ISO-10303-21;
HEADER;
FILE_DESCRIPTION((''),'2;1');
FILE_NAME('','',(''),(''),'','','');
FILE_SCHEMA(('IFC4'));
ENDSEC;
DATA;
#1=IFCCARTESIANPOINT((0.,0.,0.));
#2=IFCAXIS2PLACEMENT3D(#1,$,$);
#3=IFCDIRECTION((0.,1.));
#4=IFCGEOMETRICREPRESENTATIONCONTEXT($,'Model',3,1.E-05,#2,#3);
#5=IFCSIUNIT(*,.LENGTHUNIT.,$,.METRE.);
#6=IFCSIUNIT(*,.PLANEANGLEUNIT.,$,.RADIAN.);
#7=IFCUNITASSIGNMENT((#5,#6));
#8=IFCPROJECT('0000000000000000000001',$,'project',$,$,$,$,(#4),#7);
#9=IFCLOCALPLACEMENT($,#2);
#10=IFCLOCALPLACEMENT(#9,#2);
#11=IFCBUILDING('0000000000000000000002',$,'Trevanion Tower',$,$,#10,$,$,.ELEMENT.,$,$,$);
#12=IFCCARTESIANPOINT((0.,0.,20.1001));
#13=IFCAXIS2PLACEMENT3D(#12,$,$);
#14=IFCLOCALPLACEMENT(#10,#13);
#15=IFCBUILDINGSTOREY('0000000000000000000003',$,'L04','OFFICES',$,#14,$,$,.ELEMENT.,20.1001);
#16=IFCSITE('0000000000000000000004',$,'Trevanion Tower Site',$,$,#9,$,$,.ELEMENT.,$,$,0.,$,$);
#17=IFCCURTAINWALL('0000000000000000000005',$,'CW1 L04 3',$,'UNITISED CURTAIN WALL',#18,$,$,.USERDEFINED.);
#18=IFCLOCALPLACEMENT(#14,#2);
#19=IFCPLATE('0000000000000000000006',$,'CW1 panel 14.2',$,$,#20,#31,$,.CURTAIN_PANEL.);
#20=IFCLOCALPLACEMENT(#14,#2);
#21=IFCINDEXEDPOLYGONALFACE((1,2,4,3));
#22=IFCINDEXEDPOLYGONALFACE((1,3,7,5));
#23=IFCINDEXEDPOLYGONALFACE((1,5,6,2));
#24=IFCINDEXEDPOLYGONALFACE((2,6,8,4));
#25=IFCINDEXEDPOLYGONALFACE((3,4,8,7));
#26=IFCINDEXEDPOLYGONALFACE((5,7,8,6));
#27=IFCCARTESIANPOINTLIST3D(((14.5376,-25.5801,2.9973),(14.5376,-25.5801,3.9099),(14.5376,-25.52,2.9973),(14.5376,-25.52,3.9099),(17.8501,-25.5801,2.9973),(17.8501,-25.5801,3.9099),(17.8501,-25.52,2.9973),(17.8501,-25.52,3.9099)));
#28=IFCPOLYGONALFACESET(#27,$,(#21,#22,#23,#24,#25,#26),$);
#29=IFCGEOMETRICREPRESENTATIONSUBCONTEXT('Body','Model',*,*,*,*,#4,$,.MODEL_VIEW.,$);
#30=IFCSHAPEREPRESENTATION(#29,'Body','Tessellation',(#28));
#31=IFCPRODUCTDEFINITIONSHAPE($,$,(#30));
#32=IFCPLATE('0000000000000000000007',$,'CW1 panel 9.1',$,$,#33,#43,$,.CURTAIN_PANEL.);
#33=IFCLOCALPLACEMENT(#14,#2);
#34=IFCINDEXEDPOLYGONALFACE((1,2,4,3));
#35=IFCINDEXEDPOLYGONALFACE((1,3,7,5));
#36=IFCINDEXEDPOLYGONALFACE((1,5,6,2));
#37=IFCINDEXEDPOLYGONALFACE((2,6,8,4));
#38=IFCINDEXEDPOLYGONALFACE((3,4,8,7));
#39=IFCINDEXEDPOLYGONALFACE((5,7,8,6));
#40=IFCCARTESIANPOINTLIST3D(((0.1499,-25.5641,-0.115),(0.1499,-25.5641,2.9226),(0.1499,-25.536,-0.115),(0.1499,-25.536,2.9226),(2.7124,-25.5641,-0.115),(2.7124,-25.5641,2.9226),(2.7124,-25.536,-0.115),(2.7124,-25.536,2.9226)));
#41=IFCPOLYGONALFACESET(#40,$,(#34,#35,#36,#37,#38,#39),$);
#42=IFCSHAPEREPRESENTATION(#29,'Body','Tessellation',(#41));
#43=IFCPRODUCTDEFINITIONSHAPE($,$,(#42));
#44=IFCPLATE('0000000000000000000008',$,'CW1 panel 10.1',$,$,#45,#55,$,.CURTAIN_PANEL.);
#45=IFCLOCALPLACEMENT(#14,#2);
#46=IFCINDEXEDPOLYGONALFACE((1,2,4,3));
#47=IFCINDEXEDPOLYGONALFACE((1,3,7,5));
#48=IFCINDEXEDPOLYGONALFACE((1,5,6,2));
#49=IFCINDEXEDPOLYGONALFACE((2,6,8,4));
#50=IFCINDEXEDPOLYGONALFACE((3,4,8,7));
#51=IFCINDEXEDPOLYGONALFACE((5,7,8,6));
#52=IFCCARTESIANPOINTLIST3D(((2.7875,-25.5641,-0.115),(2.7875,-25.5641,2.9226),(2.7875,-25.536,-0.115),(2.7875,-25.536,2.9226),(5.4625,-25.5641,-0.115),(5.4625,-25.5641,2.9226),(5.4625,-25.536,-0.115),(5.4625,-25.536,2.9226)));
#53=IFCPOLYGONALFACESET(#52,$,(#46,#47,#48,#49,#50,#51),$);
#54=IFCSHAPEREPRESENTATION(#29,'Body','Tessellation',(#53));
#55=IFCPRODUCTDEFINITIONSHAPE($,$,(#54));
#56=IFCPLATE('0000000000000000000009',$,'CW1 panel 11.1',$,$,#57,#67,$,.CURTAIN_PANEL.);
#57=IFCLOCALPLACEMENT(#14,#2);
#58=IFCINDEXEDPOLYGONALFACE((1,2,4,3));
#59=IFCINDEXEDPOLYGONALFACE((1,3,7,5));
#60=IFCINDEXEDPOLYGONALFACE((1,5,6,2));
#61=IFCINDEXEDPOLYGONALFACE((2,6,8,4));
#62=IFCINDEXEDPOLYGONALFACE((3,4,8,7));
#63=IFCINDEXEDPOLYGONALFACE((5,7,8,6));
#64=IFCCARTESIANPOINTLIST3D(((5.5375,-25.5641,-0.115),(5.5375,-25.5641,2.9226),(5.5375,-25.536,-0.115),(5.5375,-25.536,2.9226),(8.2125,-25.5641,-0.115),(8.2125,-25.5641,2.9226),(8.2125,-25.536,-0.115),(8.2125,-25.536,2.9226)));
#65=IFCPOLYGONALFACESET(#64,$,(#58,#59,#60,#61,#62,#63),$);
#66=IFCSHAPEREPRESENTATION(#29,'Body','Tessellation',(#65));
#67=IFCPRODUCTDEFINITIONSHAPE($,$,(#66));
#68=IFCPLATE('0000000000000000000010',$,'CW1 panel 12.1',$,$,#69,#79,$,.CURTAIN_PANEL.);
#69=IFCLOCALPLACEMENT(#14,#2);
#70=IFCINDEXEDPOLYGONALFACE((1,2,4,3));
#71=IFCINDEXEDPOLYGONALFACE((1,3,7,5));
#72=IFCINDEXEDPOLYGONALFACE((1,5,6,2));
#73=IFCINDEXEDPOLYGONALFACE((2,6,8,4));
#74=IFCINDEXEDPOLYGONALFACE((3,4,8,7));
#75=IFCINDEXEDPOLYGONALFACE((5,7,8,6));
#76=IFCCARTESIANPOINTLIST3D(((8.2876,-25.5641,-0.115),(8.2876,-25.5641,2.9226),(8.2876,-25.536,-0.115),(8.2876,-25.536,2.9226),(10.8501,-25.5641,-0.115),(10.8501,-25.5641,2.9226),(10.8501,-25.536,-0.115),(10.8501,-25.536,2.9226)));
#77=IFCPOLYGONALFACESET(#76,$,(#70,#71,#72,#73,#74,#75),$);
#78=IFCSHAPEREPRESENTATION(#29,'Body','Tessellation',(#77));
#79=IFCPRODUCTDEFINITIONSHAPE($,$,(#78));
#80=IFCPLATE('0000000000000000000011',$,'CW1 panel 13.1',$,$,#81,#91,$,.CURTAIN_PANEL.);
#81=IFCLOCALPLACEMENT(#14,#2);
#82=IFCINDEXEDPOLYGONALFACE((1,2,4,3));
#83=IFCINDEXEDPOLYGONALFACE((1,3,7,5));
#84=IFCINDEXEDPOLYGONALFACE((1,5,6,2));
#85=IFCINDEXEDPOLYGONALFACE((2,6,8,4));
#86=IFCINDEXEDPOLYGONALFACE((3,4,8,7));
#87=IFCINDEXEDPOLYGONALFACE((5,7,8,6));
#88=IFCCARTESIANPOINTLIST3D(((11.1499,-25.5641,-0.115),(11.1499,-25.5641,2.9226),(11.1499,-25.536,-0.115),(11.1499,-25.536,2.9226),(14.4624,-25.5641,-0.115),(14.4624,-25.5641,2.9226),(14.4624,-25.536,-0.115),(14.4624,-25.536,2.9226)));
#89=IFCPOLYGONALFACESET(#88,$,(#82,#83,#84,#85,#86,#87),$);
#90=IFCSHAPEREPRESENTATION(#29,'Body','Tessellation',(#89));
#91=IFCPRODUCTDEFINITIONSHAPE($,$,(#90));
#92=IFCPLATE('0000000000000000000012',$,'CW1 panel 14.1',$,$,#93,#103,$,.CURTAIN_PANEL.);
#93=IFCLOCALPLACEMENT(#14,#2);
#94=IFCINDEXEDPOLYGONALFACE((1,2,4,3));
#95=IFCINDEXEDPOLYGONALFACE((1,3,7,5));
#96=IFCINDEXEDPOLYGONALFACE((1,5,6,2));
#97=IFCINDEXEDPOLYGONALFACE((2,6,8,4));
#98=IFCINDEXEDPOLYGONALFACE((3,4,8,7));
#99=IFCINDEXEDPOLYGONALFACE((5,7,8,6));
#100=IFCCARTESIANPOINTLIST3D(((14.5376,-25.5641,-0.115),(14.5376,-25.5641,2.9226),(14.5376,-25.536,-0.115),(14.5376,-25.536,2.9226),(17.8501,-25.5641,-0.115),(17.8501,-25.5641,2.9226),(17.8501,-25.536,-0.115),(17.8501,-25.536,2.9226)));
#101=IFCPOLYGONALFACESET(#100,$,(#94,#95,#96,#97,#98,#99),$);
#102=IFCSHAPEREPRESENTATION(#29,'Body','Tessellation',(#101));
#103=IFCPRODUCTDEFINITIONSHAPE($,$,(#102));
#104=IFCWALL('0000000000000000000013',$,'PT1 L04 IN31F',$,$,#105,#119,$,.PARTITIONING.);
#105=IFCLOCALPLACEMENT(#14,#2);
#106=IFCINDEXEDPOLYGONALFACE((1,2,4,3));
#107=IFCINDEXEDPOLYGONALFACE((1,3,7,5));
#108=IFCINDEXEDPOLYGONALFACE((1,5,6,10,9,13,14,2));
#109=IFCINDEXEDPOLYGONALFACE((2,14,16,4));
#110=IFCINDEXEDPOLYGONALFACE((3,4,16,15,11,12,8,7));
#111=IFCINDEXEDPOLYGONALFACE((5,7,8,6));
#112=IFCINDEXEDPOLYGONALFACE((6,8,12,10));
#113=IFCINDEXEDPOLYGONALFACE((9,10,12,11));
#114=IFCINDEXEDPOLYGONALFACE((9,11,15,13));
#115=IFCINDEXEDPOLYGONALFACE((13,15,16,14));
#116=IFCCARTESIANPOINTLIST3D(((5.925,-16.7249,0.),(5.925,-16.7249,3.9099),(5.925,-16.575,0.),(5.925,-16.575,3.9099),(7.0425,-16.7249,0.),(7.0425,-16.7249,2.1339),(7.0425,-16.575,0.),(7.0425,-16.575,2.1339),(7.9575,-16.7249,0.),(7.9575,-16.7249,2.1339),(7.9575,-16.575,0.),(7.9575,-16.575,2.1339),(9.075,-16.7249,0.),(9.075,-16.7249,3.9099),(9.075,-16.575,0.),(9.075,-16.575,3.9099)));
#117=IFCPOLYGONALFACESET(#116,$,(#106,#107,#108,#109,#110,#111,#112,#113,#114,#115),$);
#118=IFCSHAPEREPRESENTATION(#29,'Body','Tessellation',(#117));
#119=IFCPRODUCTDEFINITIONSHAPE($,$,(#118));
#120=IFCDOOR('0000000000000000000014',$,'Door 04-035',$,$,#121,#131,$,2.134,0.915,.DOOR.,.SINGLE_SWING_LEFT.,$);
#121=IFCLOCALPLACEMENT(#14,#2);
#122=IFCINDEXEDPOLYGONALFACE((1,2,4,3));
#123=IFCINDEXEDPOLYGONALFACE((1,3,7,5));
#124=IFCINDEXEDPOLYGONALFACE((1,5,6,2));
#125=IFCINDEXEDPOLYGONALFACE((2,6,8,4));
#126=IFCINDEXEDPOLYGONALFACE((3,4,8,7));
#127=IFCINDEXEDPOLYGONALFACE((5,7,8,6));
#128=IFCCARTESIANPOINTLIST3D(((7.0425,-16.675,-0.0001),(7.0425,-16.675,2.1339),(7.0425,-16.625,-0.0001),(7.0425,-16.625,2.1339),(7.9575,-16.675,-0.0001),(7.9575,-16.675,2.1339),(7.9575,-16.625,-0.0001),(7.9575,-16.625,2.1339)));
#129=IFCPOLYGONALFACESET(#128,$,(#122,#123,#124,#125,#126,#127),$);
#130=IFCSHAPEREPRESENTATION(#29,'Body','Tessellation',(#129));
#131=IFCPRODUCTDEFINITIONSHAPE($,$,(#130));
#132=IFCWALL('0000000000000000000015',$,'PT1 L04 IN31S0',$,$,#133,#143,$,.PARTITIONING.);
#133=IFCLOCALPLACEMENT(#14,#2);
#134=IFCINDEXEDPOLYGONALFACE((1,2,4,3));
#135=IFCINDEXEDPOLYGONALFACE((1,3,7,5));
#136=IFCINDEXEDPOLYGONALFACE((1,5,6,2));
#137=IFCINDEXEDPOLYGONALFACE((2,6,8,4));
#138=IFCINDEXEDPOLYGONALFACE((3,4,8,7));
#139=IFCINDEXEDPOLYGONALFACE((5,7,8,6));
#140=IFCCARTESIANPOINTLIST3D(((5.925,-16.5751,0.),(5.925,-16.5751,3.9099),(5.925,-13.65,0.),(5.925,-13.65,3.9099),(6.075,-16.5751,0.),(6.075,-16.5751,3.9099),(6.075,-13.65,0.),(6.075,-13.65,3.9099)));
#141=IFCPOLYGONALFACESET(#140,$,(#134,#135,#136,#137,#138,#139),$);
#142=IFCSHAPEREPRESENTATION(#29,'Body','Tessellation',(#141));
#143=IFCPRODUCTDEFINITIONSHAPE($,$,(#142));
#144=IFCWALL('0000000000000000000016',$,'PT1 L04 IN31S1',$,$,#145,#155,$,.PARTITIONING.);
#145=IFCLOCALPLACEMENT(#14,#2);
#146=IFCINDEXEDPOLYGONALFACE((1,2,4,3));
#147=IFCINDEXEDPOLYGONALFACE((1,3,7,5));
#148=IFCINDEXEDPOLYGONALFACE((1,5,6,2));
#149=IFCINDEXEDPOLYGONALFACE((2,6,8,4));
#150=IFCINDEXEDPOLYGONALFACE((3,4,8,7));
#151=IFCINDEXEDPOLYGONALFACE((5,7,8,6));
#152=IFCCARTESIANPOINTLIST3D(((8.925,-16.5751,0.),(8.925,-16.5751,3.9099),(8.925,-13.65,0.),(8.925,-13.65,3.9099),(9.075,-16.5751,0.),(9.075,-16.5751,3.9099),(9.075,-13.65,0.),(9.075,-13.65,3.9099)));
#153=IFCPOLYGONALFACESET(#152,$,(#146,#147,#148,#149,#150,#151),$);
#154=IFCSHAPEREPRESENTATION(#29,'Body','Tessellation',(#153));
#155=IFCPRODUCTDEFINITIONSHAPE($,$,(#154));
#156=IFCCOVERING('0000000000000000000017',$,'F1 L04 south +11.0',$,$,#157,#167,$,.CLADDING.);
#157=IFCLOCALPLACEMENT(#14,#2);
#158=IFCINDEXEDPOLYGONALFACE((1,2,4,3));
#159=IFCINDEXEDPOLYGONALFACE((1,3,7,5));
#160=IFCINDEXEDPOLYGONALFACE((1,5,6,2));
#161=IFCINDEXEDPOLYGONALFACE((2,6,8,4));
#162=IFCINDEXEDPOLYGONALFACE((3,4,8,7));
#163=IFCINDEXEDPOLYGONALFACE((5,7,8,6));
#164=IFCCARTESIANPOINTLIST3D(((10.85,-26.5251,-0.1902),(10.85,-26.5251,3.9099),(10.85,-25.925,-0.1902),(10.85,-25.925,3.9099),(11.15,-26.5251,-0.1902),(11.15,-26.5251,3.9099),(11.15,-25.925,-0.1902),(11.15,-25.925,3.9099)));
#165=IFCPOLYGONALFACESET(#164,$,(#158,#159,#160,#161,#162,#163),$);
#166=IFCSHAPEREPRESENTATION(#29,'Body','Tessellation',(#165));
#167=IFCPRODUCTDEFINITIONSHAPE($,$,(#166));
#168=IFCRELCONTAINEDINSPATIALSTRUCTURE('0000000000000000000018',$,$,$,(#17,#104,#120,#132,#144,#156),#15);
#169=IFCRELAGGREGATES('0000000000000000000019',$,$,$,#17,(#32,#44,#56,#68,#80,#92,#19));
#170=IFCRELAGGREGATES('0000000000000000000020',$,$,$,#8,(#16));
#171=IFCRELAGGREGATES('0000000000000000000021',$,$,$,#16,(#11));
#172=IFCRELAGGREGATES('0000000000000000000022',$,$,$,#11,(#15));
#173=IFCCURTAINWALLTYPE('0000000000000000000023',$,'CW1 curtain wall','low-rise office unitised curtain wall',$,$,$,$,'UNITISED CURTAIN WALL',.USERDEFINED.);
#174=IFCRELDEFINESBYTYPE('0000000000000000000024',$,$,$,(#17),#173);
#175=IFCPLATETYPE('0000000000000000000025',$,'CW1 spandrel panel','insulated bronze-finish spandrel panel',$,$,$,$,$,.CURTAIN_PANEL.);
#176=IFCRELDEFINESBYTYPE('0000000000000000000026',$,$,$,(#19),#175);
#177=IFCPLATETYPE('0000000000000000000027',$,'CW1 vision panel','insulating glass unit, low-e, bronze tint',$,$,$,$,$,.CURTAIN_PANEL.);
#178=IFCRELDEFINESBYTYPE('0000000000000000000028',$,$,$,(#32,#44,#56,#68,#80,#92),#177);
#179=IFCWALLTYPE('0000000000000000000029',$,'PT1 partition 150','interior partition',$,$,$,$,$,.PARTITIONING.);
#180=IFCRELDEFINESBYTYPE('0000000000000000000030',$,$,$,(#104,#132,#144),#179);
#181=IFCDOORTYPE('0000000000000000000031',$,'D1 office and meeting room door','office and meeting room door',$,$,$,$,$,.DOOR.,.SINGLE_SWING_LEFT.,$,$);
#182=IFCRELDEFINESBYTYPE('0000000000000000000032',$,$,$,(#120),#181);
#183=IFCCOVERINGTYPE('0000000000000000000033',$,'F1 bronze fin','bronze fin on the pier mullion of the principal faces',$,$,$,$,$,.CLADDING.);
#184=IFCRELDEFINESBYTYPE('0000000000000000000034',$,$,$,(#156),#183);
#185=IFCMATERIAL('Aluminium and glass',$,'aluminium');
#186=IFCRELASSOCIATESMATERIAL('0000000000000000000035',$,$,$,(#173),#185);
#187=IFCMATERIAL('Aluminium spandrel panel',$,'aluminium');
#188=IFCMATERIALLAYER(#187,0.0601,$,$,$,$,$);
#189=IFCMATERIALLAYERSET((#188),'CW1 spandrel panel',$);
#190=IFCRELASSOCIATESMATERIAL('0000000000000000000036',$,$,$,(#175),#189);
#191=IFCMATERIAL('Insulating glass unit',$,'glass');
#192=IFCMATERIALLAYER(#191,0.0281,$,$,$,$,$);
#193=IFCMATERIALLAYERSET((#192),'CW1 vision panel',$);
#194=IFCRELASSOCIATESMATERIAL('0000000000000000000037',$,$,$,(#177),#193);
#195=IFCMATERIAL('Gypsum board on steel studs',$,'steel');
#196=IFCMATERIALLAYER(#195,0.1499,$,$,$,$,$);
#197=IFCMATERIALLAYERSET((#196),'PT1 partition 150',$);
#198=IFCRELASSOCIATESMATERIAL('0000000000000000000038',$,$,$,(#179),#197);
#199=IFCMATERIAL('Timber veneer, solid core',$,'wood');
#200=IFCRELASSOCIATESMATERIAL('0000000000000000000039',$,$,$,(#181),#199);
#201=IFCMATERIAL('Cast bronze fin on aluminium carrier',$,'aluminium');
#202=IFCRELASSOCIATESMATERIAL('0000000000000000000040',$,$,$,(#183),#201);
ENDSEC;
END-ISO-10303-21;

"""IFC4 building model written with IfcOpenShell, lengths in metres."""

from ifc_helpers import new_model, si_unit, direction, frame, frame_2d, origin, origin_2d, place, context, subcontext, project, spatial, rectangle, extrude, material, layer, layer_set, type_object, element, fill, aggregate, save


model = new_model("IFC4")

# Units and contexts
model_context = context("Model", 3, precision=1e-05, world=origin(), true_north=direction((0.0, 1.0)))
body_context = subcontext(model_context, "Body", "Model", "MODEL_VIEW")
ifc_project = project(units=[si_unit("LENGTHUNIT", "METRE"), si_unit("PLANEANGLEUNIT", "RADIAN")], contexts=[model_context])

# Site, building, storey
site_placement = place(None, origin())
site = spatial("IfcSite", under=ifc_project, at=site_placement, Name="Trevanion Tower Site", CompositionType="ELEMENT", RefElevation=0.0)
building_placement = place(site_placement, origin())
building = spatial("IfcBuilding", under=site, at=building_placement, Name="Trevanion Tower", CompositionType="ELEMENT")
storey_placement = place(building_placement, frame((0.0, 0.0, 20.1001)))
storey = spatial("IfcBuildingStorey", under=building, at=storey_placement, Name="L04", Description="OFFICES", CompositionType="ELEMENT", Elevation=20.1001)

# Curtain wall
ifc_material_1 = material(Name="Aluminium and glass", Category="aluminium")
curtain_wall_type = type_object("IfcCurtainWallType", Name="CW1 curtain wall", Description="low-rise office unitised curtain wall", ElementType="UNITISED CURTAIN WALL", PredefinedType="USERDEFINED", material=ifc_material_1)
curtain_wall_placement = place(storey_placement, origin())
curtain_wall = element("IfcCurtainWall", 1, at=curtain_wall_placement, inside=storey, type_object=curtain_wall_type, Name="CW1 L04 3", ObjectType="UNITISED CURTAIN WALL", PredefinedType="USERDEFINED")

# Plates
ifc_material_2 = material(Name="Aluminium spandrel panel", Category="aluminium")
ifc_layer_1 = layer(ifc_material_2, 0.0601)
ifc_layer_set_1 = layer_set([ifc_layer_1], Name="CW1 spandrel panel")
plate_type_1 = type_object("IfcPlateType", Name="CW1 spandrel panel", Description="insulated bronze-finish spandrel panel", PredefinedType="CURTAIN_PANEL", material=ifc_layer_set_1)
plate_1_placement = place(storey_placement, frame((16.1938, -25.55, 2.9973), z_axis=(0.0, 0.0, 1.0), x_axis=(1.0, 0.0, 0.0)))
plate_1 = element("IfcPlate", 2, at=plate_1_placement, type_object=plate_type_1, Name="CW1 panel 14.2", PredefinedType="CURTAIN_PANEL", context=body_context, shape_type="SweptSolid", body=[
    extrude(rectangle(XDim=3.3125, YDim=0.0601, at=origin_2d()), origin(), (0.0, 0.0, 1.0), 0.9126),
])
ifc_material_3 = material(Name="Insulating glass unit", Category="glass")
ifc_layer_2 = layer(ifc_material_3, 0.0281)
ifc_layer_set_2 = layer_set([ifc_layer_2], Name="CW1 vision panel")
plate_type_2 = type_object("IfcPlateType", Name="CW1 vision panel", Description="insulating glass unit, low-e, bronze tint", PredefinedType="CURTAIN_PANEL", material=ifc_layer_set_2)
plate_2_placement = place(storey_placement, frame((1.4312, -25.55, -0.115), z_axis=(0.0, 0.0, 1.0), x_axis=(1.0, 0.0, 0.0)))
plate_2 = element("IfcPlate", 3, at=plate_2_placement, type_object=plate_type_2, Name="CW1 panel 9.1", PredefinedType="CURTAIN_PANEL", context=body_context, shape_type="SweptSolid", body=[
    extrude(rectangle(XDim=2.5625, YDim=0.0281, at=origin_2d()), origin(), (0.0, 0.0, 1.0), 3.0376),
])
plate_3_placement = place(storey_placement, frame((4.125, -25.55, -0.115), z_axis=(0.0, 0.0, 1.0), x_axis=(1.0, 0.0, 0.0)))
plate_3 = element("IfcPlate", 4, at=plate_3_placement, type_object=plate_type_2, Name="CW1 panel 10.1", PredefinedType="CURTAIN_PANEL", context=body_context, shape_type="SweptSolid", body=[
    extrude(rectangle(XDim=2.675, YDim=0.0281, at=origin_2d()), origin(), (0.0, 0.0, 1.0), 3.0376),
])
plate_4_placement = place(storey_placement, frame((6.875, -25.55, -0.115), z_axis=(0.0, 0.0, 1.0), x_axis=(1.0, 0.0, 0.0)))
plate_4 = element("IfcPlate", 5, at=plate_4_placement, type_object=plate_type_2, Name="CW1 panel 11.1", PredefinedType="CURTAIN_PANEL", context=body_context, shape_type="SweptSolid", body=[
    extrude(rectangle(XDim=2.675, YDim=0.0281, at=origin_2d()), origin(), (0.0, 0.0, 1.0), 3.0376),
])
plate_5_placement = place(storey_placement, frame((9.5688, -25.55, -0.115), z_axis=(0.0, 0.0, 1.0), x_axis=(1.0, 0.0, 0.0)))
plate_5 = element("IfcPlate", 6, at=plate_5_placement, type_object=plate_type_2, Name="CW1 panel 12.1", PredefinedType="CURTAIN_PANEL", context=body_context, shape_type="SweptSolid", body=[
    extrude(rectangle(XDim=2.5625, YDim=0.0281, at=origin_2d()), origin(), (0.0, 0.0, 1.0), 3.0376),
])
plate_6_placement = place(storey_placement, frame((12.8062, -25.55, -0.115), z_axis=(0.0, 0.0, 1.0), x_axis=(1.0, 0.0, 0.0)))
plate_6 = element("IfcPlate", 7, at=plate_6_placement, type_object=plate_type_2, Name="CW1 panel 13.1", PredefinedType="CURTAIN_PANEL", context=body_context, shape_type="SweptSolid", body=[
    extrude(rectangle(XDim=3.3125, YDim=0.0281, at=origin_2d()), origin(), (0.0, 0.0, 1.0), 3.0376),
])
plate_7_placement = place(storey_placement, frame((16.1938, -25.55, -0.115), z_axis=(0.0, 0.0, 1.0), x_axis=(1.0, 0.0, 0.0)))
plate_7 = element("IfcPlate", 8, at=plate_7_placement, type_object=plate_type_2, Name="CW1 panel 14.1", PredefinedType="CURTAIN_PANEL", context=body_context, shape_type="SweptSolid", body=[
    extrude(rectangle(XDim=3.3125, YDim=0.0281, at=origin_2d()), origin(), (0.0, 0.0, 1.0), 3.0376),
])
aggregate(curtain_wall, [plate_2, plate_3, plate_4, plate_5, plate_6, plate_7, plate_1])

# Wall, opening, door
ifc_material_4 = material(Name="Gypsum board on steel studs", Category="steel")
ifc_layer_3 = layer(ifc_material_4, 0.1499)
ifc_layer_set_3 = layer_set([ifc_layer_3], Name="PT1 partition 150")
wall_type = type_object("IfcWallType", Name="PT1 partition 150", Description="interior partition", PredefinedType="PARTITIONING", material=ifc_layer_set_3)
wall_placement = place(storey_placement, frame((5.925, -16.6499, 0.0), z_axis=(0.0, 0.0, 1.0), x_axis=(1.0, 0.0, 0.0)))
wall = element("IfcWall", 9, at=wall_placement, inside=storey, type_object=wall_type, Name="PT1 L04 IN31F", PredefinedType="PARTITIONING", context=body_context, shape_type="SweptSolid", body=[
    extrude(rectangle(XDim=3.1499, YDim=0.1499, at=frame_2d((1.575, 0.0))), origin(), (0.0, 0.0, 1.0), 3.9099),
])
opening_placement = place(wall_placement, frame((1.1174, 0.0, 0.0)))
opening = element("IfcOpeningElement", 10, at=opening_placement, cuts=wall, PredefinedType="OPENING", context=body_context, shape_type="SweptSolid", body=[
    extrude(rectangle(XDim=0.915, YDim=2.134, at=frame_2d((0.4575, 1.0669))), frame((0.0, 0.085, 0.0), z_axis=(0.0, -1.0, 0.0), x_axis=(1.0, 0.0, 0.0)), (0.0, 0.0, 1.0), 0.1699),
])
ifc_material_5 = material(Name="Timber veneer, solid core", Category="wood")
door_type = type_object("IfcDoorType", Name="D1 office and meeting room door", Description="office and meeting room door", OperationType="SINGLE_SWING_LEFT", PredefinedType="DOOR", material=ifc_material_5)
door_placement = place(opening_placement, origin())
door = element("IfcDoor", 11, at=door_placement, inside=storey, type_object=door_type, Name="Door 04-035", OperationType="SINGLE_SWING_LEFT", OverallHeight=2.134, OverallWidth=0.915, PredefinedType="DOOR", context=body_context, shape_type="SweptSolid", body=[
    extrude(rectangle(XDim=0.915, YDim=2.134, at=frame_2d((0.4575, 1.0669))), frame((0.0, 0.0249, 0.0), z_axis=(0.0, -1.0, 0.0), x_axis=(1.0, 0.0, 0.0)), (0.0, 0.0, 1.0), 0.05),
])
fill(opening, door)

# Walls
for number, where, z_axis, x_axis, name in (
    (12, (6.0, -16.575, 0.0), (0.0, 0.0, 1.0), (0.0, 1.0, 0.0), "PT1 L04 IN31S0"),
    (13, (9.0, -16.575, 0.0), (0.0, 0.0, 1.0), (0.0, 1.0, 0.0), "PT1 L04 IN31S1"),
):
    element("IfcWall", number, at=place(storey_placement, frame(where, z_axis=z_axis, x_axis=x_axis)), inside=storey, type_object=wall_type, Name=name, PredefinedType="PARTITIONING", context=body_context, shape_type="SweptSolid", body=[
        extrude(rectangle(XDim=2.925, YDim=0.1499, at=frame_2d((1.4624, 0.0))), origin(), (0.0, 0.0, 1.0), 3.9099),
    ])

# Covering
ifc_material_6 = material(Name="Cast bronze fin on aluminium carrier", Category="aluminium")
covering_type = type_object("IfcCoveringType", Name="F1 bronze fin", Description="bronze fin on the pier mullion of the principal faces", PredefinedType="CLADDING", material=ifc_material_6)
covering_placement = place(storey_placement, frame((11.0, -26.2251, -0.1902), z_axis=(0.0, 0.0, 1.0), x_axis=(1.0, 0.0, 0.0)))
element("IfcCovering", 14, at=covering_placement, inside=storey, type_object=covering_type, Name="F1 L04 south +11.0", PredefinedType="CLADDING", context=body_context, shape_type="SweptSolid", body=[
    extrude(rectangle(XDim=0.3, YDim=0.6001, at=origin_2d()), origin(), (0.0, 0.0, 1.0), 4.1001),
])

save(model, "model.ifc")
